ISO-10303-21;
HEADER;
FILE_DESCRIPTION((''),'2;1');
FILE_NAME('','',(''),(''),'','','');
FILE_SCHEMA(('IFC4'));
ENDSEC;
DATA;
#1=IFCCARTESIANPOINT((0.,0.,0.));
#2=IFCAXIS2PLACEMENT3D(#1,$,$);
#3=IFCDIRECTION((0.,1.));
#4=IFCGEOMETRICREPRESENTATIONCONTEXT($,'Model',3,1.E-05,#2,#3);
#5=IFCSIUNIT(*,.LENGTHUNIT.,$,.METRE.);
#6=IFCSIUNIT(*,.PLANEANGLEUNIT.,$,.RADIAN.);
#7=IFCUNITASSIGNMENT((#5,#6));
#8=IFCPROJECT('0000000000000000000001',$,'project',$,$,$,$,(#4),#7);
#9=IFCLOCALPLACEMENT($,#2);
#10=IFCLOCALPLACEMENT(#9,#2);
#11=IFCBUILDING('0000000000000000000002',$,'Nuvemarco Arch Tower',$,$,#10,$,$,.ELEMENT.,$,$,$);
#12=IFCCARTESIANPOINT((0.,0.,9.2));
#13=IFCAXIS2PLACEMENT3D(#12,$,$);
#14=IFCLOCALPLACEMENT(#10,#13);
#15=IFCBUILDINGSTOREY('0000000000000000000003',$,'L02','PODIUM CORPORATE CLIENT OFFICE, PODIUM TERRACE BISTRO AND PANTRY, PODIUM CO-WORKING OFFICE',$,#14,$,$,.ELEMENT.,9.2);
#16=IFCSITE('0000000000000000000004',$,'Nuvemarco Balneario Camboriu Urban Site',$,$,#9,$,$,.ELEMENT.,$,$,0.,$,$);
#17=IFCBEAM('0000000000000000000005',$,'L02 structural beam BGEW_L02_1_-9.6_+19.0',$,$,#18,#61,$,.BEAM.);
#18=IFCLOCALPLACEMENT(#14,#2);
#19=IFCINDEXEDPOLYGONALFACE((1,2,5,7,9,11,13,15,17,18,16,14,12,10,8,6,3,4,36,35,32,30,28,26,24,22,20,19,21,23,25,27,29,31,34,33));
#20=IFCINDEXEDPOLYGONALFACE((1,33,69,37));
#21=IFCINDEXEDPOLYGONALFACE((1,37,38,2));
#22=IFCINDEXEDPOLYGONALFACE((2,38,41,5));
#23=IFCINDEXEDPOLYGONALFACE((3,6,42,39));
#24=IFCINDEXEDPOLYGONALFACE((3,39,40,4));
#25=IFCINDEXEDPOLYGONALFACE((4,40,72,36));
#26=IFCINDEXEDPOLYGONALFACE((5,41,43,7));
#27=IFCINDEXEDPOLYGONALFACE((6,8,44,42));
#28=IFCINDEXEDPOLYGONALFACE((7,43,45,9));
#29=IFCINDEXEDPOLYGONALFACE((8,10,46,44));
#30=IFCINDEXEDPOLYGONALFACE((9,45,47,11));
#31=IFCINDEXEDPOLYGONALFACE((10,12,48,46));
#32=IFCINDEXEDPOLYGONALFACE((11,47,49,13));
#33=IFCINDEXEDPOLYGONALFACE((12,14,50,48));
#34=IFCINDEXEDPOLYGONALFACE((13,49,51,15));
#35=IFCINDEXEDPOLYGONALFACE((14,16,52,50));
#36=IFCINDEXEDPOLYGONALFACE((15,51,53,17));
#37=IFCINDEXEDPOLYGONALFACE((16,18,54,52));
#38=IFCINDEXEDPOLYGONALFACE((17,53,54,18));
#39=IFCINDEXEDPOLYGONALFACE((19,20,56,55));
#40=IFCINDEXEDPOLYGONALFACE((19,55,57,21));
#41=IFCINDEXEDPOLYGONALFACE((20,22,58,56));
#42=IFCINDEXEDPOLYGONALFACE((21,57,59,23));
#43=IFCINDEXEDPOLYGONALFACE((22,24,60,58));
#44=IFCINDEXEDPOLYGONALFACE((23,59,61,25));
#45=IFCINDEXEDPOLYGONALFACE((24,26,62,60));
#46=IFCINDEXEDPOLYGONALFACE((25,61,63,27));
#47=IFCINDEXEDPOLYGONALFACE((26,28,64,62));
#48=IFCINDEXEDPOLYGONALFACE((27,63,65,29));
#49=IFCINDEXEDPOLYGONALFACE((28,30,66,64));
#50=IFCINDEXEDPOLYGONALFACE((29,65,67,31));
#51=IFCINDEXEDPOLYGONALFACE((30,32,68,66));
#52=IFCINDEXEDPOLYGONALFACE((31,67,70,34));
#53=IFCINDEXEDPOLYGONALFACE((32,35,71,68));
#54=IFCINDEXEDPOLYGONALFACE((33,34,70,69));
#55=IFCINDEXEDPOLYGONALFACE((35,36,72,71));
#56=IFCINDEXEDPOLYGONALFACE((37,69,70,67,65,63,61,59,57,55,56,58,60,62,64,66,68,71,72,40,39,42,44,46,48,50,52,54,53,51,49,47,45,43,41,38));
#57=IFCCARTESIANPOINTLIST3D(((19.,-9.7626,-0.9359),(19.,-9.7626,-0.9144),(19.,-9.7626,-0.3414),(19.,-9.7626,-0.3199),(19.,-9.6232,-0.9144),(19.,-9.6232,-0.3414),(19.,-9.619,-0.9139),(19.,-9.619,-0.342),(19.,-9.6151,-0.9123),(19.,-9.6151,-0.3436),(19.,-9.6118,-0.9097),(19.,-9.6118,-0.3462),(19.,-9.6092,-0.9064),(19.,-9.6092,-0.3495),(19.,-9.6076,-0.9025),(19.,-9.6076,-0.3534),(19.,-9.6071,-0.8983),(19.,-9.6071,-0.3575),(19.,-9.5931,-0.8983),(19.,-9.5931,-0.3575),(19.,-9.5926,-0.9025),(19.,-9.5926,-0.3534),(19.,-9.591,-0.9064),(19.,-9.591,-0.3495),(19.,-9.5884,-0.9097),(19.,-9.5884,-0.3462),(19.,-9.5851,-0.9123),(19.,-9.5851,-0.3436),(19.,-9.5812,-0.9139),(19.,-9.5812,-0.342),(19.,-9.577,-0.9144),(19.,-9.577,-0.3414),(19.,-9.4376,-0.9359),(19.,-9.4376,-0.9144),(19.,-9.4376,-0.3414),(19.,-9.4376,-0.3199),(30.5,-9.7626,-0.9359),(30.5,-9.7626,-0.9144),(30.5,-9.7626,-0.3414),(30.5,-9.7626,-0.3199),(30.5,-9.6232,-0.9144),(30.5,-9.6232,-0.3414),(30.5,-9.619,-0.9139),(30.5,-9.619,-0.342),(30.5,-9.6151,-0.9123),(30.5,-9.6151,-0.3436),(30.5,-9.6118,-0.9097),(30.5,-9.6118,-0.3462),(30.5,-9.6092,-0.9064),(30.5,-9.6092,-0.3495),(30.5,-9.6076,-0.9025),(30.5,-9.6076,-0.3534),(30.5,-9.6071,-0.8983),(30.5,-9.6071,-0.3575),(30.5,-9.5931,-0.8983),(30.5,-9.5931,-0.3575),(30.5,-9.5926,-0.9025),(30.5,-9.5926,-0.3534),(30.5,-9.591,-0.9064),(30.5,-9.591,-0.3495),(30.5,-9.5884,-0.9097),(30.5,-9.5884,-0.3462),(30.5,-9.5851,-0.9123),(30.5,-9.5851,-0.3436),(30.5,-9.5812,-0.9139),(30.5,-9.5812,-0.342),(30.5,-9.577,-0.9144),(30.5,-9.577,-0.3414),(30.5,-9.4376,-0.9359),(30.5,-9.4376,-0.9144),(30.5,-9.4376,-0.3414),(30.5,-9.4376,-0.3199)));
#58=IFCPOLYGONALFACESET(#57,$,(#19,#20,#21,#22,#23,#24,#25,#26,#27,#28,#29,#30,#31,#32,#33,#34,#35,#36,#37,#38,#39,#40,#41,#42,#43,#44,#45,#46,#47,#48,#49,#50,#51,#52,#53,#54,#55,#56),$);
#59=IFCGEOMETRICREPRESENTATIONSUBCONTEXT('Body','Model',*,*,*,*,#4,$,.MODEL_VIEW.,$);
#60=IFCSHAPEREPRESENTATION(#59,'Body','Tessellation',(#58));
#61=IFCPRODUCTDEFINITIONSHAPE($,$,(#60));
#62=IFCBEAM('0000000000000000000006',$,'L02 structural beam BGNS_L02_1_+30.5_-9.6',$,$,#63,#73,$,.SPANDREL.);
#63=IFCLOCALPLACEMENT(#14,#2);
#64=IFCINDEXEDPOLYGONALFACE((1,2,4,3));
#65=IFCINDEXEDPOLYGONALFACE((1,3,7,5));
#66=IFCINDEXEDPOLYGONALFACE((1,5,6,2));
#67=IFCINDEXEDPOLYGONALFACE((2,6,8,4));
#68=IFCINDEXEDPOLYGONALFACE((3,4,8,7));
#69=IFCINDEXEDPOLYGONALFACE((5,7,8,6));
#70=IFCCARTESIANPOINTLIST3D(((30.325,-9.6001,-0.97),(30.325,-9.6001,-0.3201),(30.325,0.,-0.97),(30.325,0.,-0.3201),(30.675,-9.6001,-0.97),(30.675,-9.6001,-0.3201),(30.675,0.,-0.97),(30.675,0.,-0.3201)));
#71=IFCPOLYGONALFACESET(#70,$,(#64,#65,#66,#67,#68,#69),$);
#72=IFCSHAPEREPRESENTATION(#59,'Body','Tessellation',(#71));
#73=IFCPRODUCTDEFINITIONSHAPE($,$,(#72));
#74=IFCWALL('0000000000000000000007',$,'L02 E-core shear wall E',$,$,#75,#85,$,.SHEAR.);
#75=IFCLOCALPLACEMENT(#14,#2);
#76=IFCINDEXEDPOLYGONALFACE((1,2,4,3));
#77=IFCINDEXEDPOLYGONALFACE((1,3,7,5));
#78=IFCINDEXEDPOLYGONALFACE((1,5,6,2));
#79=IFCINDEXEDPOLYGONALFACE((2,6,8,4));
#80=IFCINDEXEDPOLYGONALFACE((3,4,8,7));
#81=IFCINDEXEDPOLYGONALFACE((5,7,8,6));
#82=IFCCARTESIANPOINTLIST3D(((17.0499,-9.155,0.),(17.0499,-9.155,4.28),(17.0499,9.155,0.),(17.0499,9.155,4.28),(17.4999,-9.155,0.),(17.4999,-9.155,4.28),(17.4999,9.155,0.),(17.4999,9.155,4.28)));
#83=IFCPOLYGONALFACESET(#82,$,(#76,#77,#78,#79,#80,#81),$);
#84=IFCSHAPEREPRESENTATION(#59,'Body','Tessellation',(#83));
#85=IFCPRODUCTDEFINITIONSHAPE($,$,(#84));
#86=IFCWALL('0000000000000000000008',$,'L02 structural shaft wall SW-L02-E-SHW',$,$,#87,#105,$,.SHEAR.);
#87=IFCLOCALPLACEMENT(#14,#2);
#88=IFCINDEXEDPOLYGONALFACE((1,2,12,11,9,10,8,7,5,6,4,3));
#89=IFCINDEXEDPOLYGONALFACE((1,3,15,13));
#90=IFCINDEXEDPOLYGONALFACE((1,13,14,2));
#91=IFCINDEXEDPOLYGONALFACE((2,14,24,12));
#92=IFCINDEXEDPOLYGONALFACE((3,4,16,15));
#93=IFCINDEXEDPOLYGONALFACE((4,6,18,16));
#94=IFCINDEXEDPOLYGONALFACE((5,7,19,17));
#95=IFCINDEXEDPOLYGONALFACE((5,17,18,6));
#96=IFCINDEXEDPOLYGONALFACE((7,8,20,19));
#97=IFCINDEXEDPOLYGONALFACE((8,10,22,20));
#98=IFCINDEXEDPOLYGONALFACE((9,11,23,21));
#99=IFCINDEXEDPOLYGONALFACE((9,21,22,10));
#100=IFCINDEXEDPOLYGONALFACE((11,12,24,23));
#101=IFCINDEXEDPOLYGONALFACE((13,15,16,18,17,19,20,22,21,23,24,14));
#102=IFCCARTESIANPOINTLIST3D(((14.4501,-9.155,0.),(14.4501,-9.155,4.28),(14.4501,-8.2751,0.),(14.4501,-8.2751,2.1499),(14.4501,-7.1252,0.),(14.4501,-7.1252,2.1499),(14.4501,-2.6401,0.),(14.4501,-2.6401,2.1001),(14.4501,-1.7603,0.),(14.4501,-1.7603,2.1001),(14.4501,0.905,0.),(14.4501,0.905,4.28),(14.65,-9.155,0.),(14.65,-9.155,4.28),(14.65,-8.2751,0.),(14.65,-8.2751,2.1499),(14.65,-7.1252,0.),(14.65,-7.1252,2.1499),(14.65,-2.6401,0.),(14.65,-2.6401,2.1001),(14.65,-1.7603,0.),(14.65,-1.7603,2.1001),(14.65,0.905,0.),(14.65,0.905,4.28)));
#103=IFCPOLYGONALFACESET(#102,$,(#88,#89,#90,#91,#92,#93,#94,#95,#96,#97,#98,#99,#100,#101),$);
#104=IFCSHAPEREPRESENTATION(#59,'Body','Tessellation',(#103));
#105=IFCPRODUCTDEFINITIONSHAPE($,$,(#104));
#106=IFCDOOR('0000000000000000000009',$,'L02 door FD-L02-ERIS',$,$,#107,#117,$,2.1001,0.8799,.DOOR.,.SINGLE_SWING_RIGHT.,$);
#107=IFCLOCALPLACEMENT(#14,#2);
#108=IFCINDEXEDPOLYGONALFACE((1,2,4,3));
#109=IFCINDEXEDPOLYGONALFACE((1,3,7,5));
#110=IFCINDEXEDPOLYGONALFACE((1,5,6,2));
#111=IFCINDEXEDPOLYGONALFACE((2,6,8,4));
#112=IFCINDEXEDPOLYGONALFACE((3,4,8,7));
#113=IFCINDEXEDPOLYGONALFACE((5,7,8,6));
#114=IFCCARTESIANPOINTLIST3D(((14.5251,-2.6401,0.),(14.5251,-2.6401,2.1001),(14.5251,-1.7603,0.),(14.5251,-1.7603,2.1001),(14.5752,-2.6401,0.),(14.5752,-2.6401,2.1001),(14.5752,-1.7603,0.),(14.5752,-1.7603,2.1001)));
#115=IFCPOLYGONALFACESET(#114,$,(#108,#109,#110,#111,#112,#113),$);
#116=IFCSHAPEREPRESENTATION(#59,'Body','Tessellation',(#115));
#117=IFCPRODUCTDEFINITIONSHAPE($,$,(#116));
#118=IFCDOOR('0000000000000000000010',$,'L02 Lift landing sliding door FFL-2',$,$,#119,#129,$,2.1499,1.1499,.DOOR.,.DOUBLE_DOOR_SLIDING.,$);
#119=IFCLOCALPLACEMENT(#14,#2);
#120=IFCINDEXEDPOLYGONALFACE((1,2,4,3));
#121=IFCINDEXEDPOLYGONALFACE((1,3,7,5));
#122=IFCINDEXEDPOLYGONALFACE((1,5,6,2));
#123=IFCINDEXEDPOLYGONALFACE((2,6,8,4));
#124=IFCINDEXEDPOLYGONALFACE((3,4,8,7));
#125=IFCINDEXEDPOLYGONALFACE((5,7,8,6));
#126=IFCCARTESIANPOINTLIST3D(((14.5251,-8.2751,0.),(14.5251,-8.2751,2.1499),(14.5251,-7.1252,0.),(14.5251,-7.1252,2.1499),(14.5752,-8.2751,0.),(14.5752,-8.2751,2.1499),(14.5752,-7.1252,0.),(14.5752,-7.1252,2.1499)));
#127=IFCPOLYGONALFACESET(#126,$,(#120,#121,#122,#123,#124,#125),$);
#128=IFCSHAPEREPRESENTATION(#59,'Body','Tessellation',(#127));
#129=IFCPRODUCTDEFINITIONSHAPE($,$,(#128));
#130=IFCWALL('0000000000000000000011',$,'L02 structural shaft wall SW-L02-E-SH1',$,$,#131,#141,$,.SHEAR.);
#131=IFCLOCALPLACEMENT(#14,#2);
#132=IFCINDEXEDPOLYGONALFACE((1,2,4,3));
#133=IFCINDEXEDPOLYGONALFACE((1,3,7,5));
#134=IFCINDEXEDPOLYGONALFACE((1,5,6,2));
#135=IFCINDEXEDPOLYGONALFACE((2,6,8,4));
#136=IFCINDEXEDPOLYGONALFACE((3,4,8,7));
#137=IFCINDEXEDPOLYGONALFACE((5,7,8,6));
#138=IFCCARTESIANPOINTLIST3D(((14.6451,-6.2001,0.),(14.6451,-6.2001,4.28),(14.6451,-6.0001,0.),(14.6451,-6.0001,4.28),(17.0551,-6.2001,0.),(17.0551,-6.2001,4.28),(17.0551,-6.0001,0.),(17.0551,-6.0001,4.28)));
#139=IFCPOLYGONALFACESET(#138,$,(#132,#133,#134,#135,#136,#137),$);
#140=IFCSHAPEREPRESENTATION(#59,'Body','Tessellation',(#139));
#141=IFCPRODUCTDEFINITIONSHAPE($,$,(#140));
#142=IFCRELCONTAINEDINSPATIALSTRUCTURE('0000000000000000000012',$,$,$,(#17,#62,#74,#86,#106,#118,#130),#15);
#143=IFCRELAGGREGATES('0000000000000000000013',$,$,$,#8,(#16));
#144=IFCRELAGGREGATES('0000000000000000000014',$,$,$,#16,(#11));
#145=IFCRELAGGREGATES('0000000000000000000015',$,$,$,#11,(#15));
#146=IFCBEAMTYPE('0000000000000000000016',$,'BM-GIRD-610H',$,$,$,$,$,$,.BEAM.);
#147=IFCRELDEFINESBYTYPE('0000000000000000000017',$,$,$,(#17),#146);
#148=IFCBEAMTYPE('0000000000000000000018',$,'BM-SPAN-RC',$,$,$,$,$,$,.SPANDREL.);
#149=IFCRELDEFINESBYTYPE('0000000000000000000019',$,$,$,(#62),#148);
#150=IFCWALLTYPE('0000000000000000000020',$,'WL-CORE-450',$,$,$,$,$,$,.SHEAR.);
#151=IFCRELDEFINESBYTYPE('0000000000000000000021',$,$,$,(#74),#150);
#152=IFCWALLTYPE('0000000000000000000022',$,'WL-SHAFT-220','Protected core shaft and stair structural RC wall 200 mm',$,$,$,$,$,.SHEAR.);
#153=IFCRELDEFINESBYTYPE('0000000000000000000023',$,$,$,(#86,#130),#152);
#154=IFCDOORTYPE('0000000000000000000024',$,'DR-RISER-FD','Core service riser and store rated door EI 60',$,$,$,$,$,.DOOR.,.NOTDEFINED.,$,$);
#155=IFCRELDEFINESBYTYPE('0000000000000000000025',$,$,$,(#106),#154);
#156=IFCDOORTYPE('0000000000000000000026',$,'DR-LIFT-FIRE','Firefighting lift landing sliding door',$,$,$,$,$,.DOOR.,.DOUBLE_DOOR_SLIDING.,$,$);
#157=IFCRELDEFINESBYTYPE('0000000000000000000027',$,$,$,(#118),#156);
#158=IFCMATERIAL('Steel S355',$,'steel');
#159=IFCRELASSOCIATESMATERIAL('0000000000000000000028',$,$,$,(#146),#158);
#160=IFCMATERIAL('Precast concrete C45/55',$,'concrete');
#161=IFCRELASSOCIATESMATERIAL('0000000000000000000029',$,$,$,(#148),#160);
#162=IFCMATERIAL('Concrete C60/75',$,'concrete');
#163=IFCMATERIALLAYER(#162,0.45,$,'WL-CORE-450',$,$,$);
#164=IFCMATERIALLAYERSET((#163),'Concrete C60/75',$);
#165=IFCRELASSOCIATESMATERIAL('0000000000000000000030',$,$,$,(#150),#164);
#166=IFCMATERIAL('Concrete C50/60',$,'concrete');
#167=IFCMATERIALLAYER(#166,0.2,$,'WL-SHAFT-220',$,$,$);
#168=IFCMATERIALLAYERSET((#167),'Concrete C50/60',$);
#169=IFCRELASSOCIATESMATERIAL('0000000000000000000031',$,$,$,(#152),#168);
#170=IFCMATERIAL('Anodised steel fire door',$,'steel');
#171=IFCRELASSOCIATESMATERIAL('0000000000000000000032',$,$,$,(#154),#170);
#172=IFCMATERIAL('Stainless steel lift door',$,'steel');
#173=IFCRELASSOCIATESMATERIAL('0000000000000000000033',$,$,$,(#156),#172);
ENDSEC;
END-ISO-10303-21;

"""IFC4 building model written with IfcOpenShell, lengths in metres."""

from ifc_helpers import new_model, si_unit, direction, frame, frame_2d, origin, origin_2d, place, context, subcontext, project, spatial, rectangle, i_section, extrude, source, transform, mapped, material, layer, layer_set, material_profile, profile_set, type_object, type_shapes, element, fill, save


model = new_model("IFC4")

# Units and contexts
model_context = context("Model", 3, precision=1e-05, world=origin(), true_north=direction((0.0, 1.0)))
body_context = subcontext(model_context, "Body", "Model", "MODEL_VIEW")
ifc_project = project(units=[si_unit("LENGTHUNIT", "METRE"), si_unit("PLANEANGLEUNIT", "RADIAN")], contexts=[model_context])

# Site, building, storey
site_placement = place(None, origin())
site = spatial("IfcSite", under=ifc_project, at=site_placement, Name="Nuvemarco Balneario Camboriu Urban Site", CompositionType="ELEMENT", RefElevation=0.0)
building_placement = place(site_placement, origin())
building = spatial("IfcBuilding", under=site, at=building_placement, Name="Nuvemarco Arch Tower", CompositionType="ELEMENT")
storey_placement = place(building_placement, frame((0.0, 0.0, 9.2)))
storey = spatial("IfcBuildingStorey", under=building, at=storey_placement, Name="L02", Description="PODIUM CORPORATE CLIENT OFFICE, PODIUM TERRACE BISTRO AND PANTRY, PODIUM CO-WORKING OFFICE", CompositionType="ELEMENT", Elevation=9.2)

# Shared definitions
ifc_material_1 = material(Name="Concrete C60/75", Category="concrete")

# Beams
ifc_material_2 = material(Name="Steel S355", Category="steel")
ifc_material_profile_1 = material_profile(ifc_material_2, i_section(OverallWidth=0.325, OverallDepth=0.616, WebThickness=0.0139, FlangeThickness=0.0215, FilletRadius=0.0161, at=origin_2d()), Name="W610x174")
ifc_profile_set_1 = profile_set([ifc_material_profile_1], Name="Steel S355")
beam_type_1 = type_object("IfcBeamType", Name="BM-GIRD-610H", PredefinedType="BEAM", material=ifc_profile_set_1)
beam_1_placement = place(storey_placement, frame((19.0, -9.6001, -0.6279), z_axis=(1.0, 0.0, 0.0), x_axis=(0.0, 1.0, 0.0)))
element("IfcBeam", 1, at=beam_1_placement, inside=storey, type_object=beam_type_1, Name="L02 structural beam BGEW_L02_1_-9.6_+19.0", PredefinedType="BEAM", context=body_context, shape_type="SweptSolid", body=[
    extrude(i_section(OverallWidth=0.325, OverallDepth=0.616, WebThickness=0.0139, FlangeThickness=0.0215, FilletRadius=0.0161, at=origin_2d()), origin(), (0.0, 0.0, 1.0), 11.5),
])
ifc_material_3 = material(Name="Precast concrete C45/55", Category="concrete")
ifc_material_profile_2 = material_profile(ifc_material_3, rectangle(XDim=0.3501, YDim=0.6499, at=origin_2d()), Name="PC-SP-350x650")
ifc_profile_set_2 = profile_set([ifc_material_profile_2], Name="Precast concrete C45/55")
beam_type_2 = type_object("IfcBeamType", Name="BM-SPAN-RC", PredefinedType="SPANDREL", material=ifc_profile_set_2)
beam_2_placement = place(storey_placement, frame((30.5, -9.6001, -0.645), z_axis=(0.0, 1.0, 0.0), x_axis=(-1.0, 0.0, 0.0)))
element("IfcBeam", 2, at=beam_2_placement, inside=storey, type_object=beam_type_2, Name="L02 structural beam BGNS_L02_1_+30.5_-9.6", PredefinedType="SPANDREL", context=body_context, shape_type="SweptSolid", body=[
    extrude(rectangle(XDim=0.3501, YDim=0.6499, at=origin_2d()), origin(), (0.0, 0.0, 1.0), 9.6001),
])

# Wall
ifc_layer_1 = layer(ifc_material_1, 0.45, Name="WL-CORE-450")
ifc_layer_set_1 = layer_set([ifc_layer_1], Name="Concrete C60/75")
wall_type_1 = type_object("IfcWallType", Name="WL-CORE-450", PredefinedType="SHEAR", material=ifc_layer_set_1)
wall_1_placement = place(storey_placement, frame((17.2749, -9.155, 0.0), z_axis=(0.0, 0.0, 1.0), x_axis=(0.0, 1.0, 0.0)))
element("IfcWall", 3, at=wall_1_placement, inside=storey, type_object=wall_type_1, Name="L02 E-core shear wall E", PredefinedType="SHEAR", context=body_context, shape_type="SweptSolid", body=[
    extrude(rectangle(XDim=18.3101, YDim=0.45, at=frame_2d((9.155, 0.0))), origin(), (0.0, 0.0, 1.0), 4.28),
])

# Wall, openings, doors
ifc_material_4 = material(Name="Concrete C50/60", Category="concrete")
ifc_layer_2 = layer(ifc_material_4, 0.2, Name="WL-SHAFT-220")
ifc_layer_set_2 = layer_set([ifc_layer_2], Name="Concrete C50/60")
wall_type_2 = type_object("IfcWallType", Name="WL-SHAFT-220", Description="Protected core shaft and stair structural RC wall 200 mm", PredefinedType="SHEAR", material=ifc_layer_set_2)
wall_2_placement = place(storey_placement, frame((14.55, -9.155, 0.0), z_axis=(0.0, 0.0, 1.0), x_axis=(0.0, 1.0, 0.0)))
wall_2 = element("IfcWall", 4, at=wall_2_placement, inside=storey, type_object=wall_type_2, Name="L02 structural shaft wall SW-L02-E-SHW", PredefinedType="SHEAR", context=body_context, shape_type="SweptSolid", body=[
    extrude(rectangle(XDim=10.0601, YDim=0.2, at=frame_2d((5.03, 0.0))), origin(), (0.0, 0.0, 1.0), 4.28),
])
opening_1_placement = place(wall_2_placement, frame((6.5149, 0.0, 0.0)))
opening_1 = element("IfcOpeningElement", 5, at=opening_1_placement, cuts=wall_2, PredefinedType="OPENING", context=body_context, shape_type="SweptSolid", body=[
    extrude(rectangle(XDim=0.8799, YDim=2.1001, at=frame_2d((0.4399, 1.05))), frame((0.0, 0.1099, 0.0), z_axis=(0.0, -1.0, 0.0), x_axis=(1.0, 0.0, 0.0)), (0.0, 0.0, 1.0), 0.22),
])
opening_2_placement = place(wall_2_placement, frame((0.8799, 0.0, 0.0)))
opening_2 = element("IfcOpeningElement", 6, at=opening_2_placement, cuts=wall_2, PredefinedType="OPENING", context=body_context, shape_type="SweptSolid", body=[
    extrude(rectangle(XDim=1.1499, YDim=2.1499, at=frame_2d((0.575, 1.075))), frame((0.0, 0.1099, 0.0), z_axis=(0.0, -1.0, 0.0), x_axis=(1.0, 0.0, 0.0)), (0.0, 0.0, 1.0), 0.22),
])
ifc_material_5 = material(Name="Anodised steel fire door", Category="steel")
door_type_1 = type_object("IfcDoorType", Name="DR-RISER-FD", Description="Core service riser and store rated door EI 60", OperationType="NOTDEFINED", PredefinedType="DOOR", material=ifc_material_5)
shared_shape_1 = source(origin(), body_context, "Body", "SweptSolid", [
    extrude(rectangle(XDim=0.8799, YDim=2.1001, at=frame_2d((0.4399, 1.05))), frame((0.0, 0.0249, 0.0), z_axis=(0.0, -1.0, 0.0), x_axis=(1.0, 0.0, 0.0)), (0.0, 0.0, 1.0), 0.05),
])
type_shapes(door_type_1, [shared_shape_1])
door_1_placement = place(opening_1_placement, origin())
door_1 = element("IfcDoor", 7, at=door_1_placement, inside=storey, type_object=door_type_1, Name="L02 door FD-L02-ERIS", OperationType="SINGLE_SWING_RIGHT", OverallHeight=2.1001, OverallWidth=0.8799, PredefinedType="DOOR", context=body_context, shape_type="MappedRepresentation", body=[
    mapped(shared_shape_1, transform((0.0, 0.0, 0.0), scale=1.0)),
])
fill(opening_1, door_1)
ifc_material_6 = material(Name="Stainless steel lift door", Category="steel")
door_type_2 = type_object("IfcDoorType", Name="DR-LIFT-FIRE", Description="Firefighting lift landing sliding door", OperationType="DOUBLE_DOOR_SLIDING", PredefinedType="DOOR", material=ifc_material_6)
shared_shape_2 = source(origin(), body_context, "Body", "SweptSolid", [
    extrude(rectangle(XDim=1.1499, YDim=2.1499, at=frame_2d((0.575, 1.075))), frame((0.0, 0.0249, 0.0), z_axis=(0.0, -1.0, 0.0), x_axis=(1.0, 0.0, 0.0)), (0.0, 0.0, 1.0), 0.05),
])
type_shapes(door_type_2, [shared_shape_2])
door_2_placement = place(opening_2_placement, origin())
door_2 = element("IfcDoor", 8, at=door_2_placement, inside=storey, type_object=door_type_2, Name="L02 Lift landing sliding door FFL-2", OperationType="DOUBLE_DOOR_SLIDING", OverallHeight=2.1499, OverallWidth=1.1499, PredefinedType="DOOR", context=body_context, shape_type="MappedRepresentation", body=[
    mapped(shared_shape_2, transform((0.0, 0.0, 0.0), scale=1.0)),
])
fill(opening_2, door_2)

# Wall
wall_3_placement = place(storey_placement, frame((14.645, -6.1001, 0.0), z_axis=(0.0, 0.0, 1.0), x_axis=(1.0, 0.0, 0.0)))
element("IfcWall", 9, at=wall_3_placement, inside=storey, type_object=wall_type_2, Name="L02 structural shaft wall SW-L02-E-SH1", PredefinedType="SHEAR", context=body_context, shape_type="SweptSolid", body=[
    extrude(rectangle(XDim=2.4099, YDim=0.2, at=frame_2d((1.2051, 0.0))), origin(), (0.0, 0.0, 1.0), 4.28),
])

save(model, "model.ifc")
